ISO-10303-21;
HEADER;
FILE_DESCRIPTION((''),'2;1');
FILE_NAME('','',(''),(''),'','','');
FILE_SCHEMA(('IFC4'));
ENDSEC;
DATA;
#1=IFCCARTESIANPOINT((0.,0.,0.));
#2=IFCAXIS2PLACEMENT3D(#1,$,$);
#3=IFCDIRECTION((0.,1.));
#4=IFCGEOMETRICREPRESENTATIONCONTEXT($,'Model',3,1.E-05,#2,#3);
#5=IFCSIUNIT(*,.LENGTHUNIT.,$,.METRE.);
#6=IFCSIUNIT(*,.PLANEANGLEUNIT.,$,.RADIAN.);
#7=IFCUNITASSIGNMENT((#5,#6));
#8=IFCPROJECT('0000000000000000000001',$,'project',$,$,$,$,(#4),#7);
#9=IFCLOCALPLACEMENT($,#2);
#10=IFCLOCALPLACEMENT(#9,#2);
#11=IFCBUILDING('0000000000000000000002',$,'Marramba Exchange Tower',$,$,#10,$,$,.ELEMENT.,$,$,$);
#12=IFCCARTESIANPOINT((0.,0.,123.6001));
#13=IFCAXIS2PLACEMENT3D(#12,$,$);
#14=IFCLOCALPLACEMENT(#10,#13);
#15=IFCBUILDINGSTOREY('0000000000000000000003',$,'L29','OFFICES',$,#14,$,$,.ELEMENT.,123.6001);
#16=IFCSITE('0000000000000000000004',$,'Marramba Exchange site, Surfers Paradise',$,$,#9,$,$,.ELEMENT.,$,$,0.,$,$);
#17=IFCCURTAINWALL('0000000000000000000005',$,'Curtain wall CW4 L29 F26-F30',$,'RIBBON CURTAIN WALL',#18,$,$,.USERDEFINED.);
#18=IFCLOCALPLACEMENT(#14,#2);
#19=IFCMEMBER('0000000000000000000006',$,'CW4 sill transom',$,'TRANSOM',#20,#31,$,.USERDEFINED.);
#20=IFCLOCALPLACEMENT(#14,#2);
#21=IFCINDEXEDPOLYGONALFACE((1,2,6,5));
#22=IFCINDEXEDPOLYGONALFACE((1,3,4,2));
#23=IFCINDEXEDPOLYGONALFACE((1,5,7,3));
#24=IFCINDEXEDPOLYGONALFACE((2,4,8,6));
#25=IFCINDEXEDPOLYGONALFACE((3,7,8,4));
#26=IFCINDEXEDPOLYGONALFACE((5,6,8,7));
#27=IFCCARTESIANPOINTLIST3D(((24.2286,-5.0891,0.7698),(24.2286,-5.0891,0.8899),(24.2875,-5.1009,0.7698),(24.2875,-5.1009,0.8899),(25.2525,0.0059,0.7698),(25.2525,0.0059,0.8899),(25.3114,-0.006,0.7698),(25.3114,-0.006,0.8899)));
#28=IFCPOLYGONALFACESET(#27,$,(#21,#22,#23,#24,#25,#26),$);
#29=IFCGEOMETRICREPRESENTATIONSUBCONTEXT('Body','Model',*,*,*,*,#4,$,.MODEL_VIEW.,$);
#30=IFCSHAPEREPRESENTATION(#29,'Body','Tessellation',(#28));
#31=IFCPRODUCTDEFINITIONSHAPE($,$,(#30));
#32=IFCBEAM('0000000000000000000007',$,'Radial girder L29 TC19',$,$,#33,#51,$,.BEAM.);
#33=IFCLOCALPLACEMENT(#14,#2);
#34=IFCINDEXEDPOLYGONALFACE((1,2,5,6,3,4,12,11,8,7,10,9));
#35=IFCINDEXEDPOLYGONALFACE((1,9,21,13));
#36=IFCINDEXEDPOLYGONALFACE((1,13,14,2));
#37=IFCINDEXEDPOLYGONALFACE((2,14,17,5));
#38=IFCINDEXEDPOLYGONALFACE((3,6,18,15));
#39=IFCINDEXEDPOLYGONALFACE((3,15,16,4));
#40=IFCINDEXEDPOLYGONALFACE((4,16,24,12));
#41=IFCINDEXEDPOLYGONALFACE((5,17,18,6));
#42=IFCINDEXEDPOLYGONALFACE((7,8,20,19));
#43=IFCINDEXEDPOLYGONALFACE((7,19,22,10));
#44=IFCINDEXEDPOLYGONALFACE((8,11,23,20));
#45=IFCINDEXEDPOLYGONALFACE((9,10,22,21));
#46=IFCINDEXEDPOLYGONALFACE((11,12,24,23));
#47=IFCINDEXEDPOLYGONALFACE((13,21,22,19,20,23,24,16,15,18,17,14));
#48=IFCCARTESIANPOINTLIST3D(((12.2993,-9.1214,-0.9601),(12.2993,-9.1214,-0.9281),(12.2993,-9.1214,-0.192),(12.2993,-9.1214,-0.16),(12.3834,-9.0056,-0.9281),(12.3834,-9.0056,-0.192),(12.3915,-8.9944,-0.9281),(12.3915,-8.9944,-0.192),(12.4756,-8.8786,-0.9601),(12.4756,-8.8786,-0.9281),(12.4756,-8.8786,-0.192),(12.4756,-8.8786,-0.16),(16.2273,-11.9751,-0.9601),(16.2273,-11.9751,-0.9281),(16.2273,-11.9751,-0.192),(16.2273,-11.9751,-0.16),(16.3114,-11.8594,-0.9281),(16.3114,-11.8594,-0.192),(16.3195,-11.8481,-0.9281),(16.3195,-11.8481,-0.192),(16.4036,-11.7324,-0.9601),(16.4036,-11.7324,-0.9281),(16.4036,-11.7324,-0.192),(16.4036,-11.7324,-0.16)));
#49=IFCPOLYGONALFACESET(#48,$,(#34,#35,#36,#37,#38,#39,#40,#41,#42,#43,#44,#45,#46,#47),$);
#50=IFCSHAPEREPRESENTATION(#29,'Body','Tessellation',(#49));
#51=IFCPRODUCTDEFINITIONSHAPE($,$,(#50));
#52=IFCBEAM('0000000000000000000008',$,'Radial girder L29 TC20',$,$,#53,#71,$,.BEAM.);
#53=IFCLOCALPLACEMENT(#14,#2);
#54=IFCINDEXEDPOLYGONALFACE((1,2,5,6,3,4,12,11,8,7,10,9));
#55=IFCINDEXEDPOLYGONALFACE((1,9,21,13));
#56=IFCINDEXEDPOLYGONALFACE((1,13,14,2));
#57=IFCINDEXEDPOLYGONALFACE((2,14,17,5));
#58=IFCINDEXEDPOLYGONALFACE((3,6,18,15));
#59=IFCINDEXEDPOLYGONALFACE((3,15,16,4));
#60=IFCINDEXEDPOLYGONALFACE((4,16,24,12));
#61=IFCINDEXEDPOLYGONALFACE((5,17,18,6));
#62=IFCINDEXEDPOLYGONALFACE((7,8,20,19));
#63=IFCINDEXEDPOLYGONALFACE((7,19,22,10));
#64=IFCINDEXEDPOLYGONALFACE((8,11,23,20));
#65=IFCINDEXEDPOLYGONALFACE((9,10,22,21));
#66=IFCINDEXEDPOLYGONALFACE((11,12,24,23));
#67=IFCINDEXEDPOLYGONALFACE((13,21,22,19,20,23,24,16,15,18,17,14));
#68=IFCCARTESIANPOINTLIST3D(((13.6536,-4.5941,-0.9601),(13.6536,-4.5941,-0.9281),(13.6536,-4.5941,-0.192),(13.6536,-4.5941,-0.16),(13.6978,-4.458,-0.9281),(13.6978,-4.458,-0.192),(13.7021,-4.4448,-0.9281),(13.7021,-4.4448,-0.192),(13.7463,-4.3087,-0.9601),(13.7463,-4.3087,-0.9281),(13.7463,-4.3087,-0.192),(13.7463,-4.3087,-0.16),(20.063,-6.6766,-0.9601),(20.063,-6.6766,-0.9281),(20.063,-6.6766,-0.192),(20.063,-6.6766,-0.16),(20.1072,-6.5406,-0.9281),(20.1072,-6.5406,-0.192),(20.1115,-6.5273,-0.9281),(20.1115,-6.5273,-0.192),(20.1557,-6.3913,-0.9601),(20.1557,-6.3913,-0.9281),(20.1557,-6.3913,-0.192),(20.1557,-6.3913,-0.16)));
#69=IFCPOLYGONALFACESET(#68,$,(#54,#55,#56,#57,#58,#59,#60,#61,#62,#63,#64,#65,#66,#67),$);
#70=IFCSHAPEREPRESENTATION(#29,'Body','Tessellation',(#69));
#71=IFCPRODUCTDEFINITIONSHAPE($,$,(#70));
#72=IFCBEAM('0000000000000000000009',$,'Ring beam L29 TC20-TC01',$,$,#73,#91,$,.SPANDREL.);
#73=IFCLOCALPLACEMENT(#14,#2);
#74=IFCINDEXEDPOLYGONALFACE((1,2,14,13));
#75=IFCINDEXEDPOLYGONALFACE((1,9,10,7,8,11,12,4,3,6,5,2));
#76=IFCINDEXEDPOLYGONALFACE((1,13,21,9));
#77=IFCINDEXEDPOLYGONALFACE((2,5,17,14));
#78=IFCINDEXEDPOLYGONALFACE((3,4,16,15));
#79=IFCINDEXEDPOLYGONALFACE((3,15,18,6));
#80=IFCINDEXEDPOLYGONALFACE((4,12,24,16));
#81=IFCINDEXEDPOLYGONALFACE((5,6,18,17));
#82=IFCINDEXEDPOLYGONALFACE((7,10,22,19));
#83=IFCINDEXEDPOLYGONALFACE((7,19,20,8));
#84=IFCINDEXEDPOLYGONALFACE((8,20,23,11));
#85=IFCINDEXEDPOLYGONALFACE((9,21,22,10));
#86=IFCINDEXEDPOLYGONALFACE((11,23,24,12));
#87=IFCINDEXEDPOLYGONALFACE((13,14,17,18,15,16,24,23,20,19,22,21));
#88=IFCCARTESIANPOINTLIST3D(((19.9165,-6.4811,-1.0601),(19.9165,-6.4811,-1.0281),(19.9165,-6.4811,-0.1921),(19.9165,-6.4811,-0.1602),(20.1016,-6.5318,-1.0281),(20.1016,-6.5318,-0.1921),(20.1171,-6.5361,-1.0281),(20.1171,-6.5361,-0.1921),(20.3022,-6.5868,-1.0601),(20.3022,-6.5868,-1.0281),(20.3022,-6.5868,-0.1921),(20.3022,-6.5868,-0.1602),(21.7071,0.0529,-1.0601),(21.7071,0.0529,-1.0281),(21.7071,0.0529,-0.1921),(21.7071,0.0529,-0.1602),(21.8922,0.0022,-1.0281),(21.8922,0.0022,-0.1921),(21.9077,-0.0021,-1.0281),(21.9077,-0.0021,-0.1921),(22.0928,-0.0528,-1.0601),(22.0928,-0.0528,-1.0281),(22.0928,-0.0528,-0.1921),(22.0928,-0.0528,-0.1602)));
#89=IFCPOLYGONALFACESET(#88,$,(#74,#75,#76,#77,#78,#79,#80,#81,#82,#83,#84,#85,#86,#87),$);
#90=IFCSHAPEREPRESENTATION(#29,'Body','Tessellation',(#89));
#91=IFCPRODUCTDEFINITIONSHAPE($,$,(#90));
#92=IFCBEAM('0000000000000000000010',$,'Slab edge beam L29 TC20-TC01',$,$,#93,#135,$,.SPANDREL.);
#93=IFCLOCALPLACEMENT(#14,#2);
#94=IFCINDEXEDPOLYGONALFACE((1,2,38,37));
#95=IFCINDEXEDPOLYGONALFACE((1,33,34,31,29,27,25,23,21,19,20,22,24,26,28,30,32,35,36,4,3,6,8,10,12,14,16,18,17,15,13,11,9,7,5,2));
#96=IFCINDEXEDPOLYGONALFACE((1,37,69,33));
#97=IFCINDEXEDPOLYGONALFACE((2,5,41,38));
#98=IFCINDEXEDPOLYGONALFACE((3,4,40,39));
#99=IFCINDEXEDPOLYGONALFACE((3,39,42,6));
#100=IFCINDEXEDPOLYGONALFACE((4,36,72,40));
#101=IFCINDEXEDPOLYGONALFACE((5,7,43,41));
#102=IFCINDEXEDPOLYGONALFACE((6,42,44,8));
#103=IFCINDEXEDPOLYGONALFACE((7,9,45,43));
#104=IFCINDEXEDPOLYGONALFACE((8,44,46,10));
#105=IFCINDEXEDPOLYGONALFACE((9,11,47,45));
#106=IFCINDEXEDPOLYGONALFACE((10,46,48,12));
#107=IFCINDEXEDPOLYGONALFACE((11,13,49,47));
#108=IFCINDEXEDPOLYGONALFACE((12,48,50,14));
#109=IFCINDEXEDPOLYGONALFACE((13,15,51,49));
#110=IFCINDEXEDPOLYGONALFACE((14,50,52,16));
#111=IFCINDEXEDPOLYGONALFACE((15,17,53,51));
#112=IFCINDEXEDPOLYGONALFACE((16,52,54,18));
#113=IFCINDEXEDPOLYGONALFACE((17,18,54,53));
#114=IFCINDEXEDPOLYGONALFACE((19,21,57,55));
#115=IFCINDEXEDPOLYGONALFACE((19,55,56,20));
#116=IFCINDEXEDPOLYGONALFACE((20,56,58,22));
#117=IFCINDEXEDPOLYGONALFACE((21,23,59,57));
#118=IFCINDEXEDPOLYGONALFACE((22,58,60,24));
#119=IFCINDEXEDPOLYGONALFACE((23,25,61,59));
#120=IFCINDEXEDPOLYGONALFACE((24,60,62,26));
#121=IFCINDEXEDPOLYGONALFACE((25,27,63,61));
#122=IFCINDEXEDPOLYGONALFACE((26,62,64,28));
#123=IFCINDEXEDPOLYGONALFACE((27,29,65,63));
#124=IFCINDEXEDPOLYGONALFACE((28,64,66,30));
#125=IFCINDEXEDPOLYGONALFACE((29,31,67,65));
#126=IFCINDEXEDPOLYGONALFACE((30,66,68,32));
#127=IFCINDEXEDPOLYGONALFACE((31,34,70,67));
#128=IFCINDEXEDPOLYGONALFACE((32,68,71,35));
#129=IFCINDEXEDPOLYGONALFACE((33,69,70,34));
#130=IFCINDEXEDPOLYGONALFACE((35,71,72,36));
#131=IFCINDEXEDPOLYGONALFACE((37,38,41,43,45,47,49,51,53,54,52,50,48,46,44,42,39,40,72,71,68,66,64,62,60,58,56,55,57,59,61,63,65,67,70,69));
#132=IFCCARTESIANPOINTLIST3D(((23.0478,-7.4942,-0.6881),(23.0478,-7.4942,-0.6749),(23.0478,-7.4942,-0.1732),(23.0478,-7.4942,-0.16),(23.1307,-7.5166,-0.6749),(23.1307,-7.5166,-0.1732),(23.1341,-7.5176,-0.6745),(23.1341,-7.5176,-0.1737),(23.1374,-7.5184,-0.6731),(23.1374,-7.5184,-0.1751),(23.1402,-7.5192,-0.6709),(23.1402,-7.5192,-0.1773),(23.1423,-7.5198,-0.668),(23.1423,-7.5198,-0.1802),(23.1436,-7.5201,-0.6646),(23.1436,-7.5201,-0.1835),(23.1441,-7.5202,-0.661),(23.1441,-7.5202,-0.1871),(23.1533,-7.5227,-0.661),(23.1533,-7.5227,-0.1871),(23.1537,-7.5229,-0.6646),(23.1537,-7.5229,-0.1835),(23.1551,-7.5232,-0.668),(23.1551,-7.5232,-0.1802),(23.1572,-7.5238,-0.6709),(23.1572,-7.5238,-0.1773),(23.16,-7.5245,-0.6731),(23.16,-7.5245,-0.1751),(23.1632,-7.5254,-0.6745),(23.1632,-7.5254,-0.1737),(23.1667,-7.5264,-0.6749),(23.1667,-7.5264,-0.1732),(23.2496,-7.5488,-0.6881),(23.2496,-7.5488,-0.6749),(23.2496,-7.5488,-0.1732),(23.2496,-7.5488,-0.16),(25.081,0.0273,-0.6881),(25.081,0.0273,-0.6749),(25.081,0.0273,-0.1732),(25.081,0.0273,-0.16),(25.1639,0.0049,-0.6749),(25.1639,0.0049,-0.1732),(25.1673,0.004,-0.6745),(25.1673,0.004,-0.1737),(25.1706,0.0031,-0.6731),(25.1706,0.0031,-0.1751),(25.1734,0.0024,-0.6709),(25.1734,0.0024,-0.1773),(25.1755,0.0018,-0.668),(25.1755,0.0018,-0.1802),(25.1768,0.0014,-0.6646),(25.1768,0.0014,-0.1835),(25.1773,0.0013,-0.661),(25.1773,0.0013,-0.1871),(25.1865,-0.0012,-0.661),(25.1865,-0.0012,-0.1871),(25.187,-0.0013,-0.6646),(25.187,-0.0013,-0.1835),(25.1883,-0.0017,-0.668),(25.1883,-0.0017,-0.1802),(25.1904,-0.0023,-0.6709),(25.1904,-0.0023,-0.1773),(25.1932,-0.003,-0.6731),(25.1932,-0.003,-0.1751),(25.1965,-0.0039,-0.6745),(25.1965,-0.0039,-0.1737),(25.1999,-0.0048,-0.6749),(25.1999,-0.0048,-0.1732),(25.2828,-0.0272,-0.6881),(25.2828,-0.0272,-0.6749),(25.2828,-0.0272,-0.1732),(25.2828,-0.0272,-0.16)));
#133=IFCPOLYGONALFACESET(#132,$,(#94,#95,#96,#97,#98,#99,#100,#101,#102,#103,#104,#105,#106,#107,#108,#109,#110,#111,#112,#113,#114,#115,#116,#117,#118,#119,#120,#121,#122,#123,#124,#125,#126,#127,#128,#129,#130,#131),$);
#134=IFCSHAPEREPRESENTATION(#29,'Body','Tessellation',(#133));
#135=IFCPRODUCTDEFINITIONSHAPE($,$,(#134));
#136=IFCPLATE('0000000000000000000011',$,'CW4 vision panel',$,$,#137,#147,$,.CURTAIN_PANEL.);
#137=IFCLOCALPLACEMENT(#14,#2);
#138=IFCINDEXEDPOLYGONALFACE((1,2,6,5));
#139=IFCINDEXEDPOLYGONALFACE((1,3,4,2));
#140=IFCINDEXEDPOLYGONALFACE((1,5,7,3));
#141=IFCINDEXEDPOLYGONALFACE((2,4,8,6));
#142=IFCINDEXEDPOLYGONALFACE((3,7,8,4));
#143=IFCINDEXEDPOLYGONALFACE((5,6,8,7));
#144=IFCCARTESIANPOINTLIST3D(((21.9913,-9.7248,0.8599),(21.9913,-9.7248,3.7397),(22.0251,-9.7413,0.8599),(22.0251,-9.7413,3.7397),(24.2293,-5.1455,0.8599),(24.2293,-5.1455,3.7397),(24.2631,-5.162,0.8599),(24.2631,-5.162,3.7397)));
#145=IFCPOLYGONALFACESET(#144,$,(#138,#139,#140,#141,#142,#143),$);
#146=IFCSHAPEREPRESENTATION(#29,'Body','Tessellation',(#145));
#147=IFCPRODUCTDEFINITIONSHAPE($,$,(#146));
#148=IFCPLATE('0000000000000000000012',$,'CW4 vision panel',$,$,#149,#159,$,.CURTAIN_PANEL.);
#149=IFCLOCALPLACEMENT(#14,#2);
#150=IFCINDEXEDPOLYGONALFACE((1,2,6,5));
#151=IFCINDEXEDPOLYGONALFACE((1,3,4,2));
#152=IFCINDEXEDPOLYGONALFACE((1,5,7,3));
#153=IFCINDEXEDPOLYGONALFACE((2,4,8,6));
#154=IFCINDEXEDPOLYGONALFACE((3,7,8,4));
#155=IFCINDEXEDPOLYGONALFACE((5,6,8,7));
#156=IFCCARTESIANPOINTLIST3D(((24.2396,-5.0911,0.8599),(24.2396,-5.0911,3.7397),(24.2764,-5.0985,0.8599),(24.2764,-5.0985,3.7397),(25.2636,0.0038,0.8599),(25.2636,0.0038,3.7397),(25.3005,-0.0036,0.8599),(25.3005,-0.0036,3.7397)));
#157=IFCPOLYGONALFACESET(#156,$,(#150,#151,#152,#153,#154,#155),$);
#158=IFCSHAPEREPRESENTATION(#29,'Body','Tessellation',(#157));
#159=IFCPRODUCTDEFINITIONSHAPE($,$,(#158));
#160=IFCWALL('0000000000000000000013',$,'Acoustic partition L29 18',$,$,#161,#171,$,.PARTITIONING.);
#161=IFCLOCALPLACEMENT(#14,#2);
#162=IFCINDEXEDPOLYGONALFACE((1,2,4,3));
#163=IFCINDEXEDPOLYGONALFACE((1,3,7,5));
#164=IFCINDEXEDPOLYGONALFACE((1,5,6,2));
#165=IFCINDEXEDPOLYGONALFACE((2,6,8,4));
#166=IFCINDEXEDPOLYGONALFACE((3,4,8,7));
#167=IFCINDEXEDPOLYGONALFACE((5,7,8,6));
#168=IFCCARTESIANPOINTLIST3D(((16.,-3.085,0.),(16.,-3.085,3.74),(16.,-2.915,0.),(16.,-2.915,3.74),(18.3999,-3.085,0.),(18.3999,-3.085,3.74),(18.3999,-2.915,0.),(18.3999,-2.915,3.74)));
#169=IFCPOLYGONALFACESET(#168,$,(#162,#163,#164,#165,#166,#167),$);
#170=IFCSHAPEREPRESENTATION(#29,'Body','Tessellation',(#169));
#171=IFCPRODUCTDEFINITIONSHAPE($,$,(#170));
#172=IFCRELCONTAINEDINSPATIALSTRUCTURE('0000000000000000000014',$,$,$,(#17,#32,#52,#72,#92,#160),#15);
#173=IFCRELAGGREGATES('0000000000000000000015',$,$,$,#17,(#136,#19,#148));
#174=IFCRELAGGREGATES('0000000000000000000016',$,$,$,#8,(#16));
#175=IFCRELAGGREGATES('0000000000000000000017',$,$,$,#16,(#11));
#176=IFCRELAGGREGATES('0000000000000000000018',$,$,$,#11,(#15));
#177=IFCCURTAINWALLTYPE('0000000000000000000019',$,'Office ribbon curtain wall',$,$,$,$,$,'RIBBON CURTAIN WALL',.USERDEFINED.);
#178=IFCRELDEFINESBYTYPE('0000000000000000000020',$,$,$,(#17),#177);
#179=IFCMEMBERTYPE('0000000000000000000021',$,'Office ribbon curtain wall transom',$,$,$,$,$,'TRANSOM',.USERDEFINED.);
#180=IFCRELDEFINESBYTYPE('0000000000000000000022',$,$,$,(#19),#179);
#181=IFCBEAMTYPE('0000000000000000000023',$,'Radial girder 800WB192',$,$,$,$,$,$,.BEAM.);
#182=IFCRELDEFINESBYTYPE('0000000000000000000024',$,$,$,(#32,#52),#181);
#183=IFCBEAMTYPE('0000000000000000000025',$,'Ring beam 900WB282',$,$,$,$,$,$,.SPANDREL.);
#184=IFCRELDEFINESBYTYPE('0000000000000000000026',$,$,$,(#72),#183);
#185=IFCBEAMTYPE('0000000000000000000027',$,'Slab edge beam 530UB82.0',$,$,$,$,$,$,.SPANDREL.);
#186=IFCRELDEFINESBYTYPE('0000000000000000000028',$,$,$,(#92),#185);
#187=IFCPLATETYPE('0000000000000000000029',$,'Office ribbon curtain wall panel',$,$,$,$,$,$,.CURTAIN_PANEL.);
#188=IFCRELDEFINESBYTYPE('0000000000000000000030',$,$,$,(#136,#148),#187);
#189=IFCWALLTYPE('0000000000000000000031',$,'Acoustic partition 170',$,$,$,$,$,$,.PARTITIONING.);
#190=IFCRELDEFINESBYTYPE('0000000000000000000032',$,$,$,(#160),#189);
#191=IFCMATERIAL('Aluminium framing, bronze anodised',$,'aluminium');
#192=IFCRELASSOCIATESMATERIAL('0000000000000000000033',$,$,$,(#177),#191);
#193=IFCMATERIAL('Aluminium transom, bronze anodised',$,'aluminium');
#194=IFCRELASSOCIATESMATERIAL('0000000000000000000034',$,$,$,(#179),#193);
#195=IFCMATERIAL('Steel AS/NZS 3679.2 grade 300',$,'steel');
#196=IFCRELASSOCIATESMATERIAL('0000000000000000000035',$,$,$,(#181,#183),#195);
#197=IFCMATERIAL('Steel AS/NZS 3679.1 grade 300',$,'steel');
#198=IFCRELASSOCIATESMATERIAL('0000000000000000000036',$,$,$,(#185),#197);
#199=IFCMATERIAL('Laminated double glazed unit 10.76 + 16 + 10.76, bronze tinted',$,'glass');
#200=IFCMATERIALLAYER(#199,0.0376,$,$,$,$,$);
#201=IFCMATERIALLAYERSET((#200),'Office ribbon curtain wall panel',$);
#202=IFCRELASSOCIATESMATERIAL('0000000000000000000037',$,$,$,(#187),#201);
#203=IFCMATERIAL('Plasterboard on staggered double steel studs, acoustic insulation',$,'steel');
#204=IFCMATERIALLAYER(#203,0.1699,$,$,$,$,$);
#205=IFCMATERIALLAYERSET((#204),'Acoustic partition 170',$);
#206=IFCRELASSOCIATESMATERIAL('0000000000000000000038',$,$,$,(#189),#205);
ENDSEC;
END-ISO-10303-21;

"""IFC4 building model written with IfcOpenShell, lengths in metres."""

from ifc_helpers import new_model, si_unit, direction, frame, frame_2d, origin, origin_2d, place, context, subcontext, project, spatial, rectangle, i_section, extrude, material, layer, layer_set, material_profile, profile_set, type_object, element, aggregate, save


model = new_model("IFC4")

# Units and contexts
model_context = context("Model", 3, precision=1e-05, world=origin(), true_north=direction((0.0, 1.0)))
body_context = subcontext(model_context, "Body", "Model", "MODEL_VIEW")
ifc_project = project(units=[si_unit("LENGTHUNIT", "METRE"), si_unit("PLANEANGLEUNIT", "RADIAN")], contexts=[model_context])

# Site, building, storey
site_placement = place(None, origin())
site = spatial("IfcSite", under=ifc_project, at=site_placement, Name="Marramba Exchange site, Surfers Paradise", CompositionType="ELEMENT", RefElevation=0.0)
building_placement = place(site_placement, origin())
building = spatial("IfcBuilding", under=site, at=building_placement, Name="Marramba Exchange Tower", CompositionType="ELEMENT")
storey_placement = place(building_placement, frame((0.0, 0.0, 123.6001)))
storey = spatial("IfcBuildingStorey", under=building, at=storey_placement, Name="L29", Description="OFFICES", CompositionType="ELEMENT", Elevation=123.6001)

# Shared definitions
ifc_material_1 = material(Name="Steel AS/NZS 3679.2 grade 300", Category="steel")
ifc_material_2 = material(Name="Steel AS/NZS 3679.1 grade 300", Category="steel")

# Curtain wall, member
ifc_material_3 = material(Name="Aluminium framing, bronze anodised", Category="aluminium")
curtain_wall_type = type_object("IfcCurtainWallType", Name="Office ribbon curtain wall", ElementType="RIBBON CURTAIN WALL", PredefinedType="USERDEFINED", material=ifc_material_3)
curtain_wall_placement = place(storey_placement, origin())
curtain_wall = element("IfcCurtainWall", 1, at=curtain_wall_placement, inside=storey, type_object=curtain_wall_type, Name="Curtain wall CW4 L29 F26-F30", ObjectType="RIBBON CURTAIN WALL", PredefinedType="USERDEFINED")
ifc_material_4 = material(Name="Aluminium transom, bronze anodised", Category="aluminium")
ifc_material_profile_1 = material_profile(ifc_material_4, rectangle(XDim=0.0601, YDim=0.1201, at=origin_2d()), Name="CW4 transom 60x120")
ifc_profile_set_1 = profile_set([ifc_material_profile_1], Name="Aluminium transom, bronze anodised")
member_type_1 = type_object("IfcMemberType", Name="Office ribbon curtain wall transom", ElementType="TRANSOM", PredefinedType="USERDEFINED", material=ifc_profile_set_1)
member_1_placement = place(storey_placement, frame((24.2581, -5.095, 0.8298), z_axis=(0.197029, 0.980398, 0.0), x_axis=(-0.980398, 0.197029, 0.0)))
member_1 = element("IfcMember", 2, at=member_1_placement, type_object=member_type_1, Name="CW4 sill transom", ObjectType="TRANSOM", PredefinedType="USERDEFINED", context=body_context, shape_type="SweptSolid", body=[
    extrude(rectangle(XDim=0.0601, YDim=0.1201, at=origin_2d()), origin(), (0.0, 0.0, 1.0), 5.1968),
])

# Beams
ifc_material_profile_2 = material_profile(ifc_material_1, i_section(OverallWidth=0.3, OverallDepth=0.8, WebThickness=0.0139, FlangeThickness=0.032, at=origin_2d()), Name="800WB192")
ifc_profile_set_2 = profile_set([ifc_material_profile_2], Name="Steel AS/NZS 3679.2 grade 300")
beam_type_1 = type_object("IfcBeamType", Name="Radial girder 800WB192", PredefinedType="BEAM", material=ifc_profile_set_2)
beam_1_placement = place(storey_placement, frame((12.3875, -9.0, -0.5601), z_axis=(0.809025, -0.587774, 0.0), x_axis=(0.587774, 0.809025, 0.0)))
element("IfcBeam", 3, at=beam_1_placement, inside=storey, type_object=beam_type_1, Name="Radial girder L29 TC19", PredefinedType="BEAM", context=body_context, shape_type="SweptSolid", body=[
    extrude(i_section(OverallWidth=0.3, OverallDepth=0.8, WebThickness=0.0139, FlangeThickness=0.032, at=origin_2d()), origin(), (0.0, 0.0, 1.0), 4.8552),
])
beam_2_placement = place(storey_placement, frame((13.7, -4.4514, -0.5601), z_axis=(0.951058, -0.309013, 0.0), x_axis=(0.309013, 0.951058, 0.0)))
element("IfcBeam", 4, at=beam_2_placement, inside=storey, type_object=beam_type_1, Name="Radial girder L29 TC20", PredefinedType="BEAM", context=body_context, shape_type="SweptSolid", body=[
    extrude(i_section(OverallWidth=0.3, OverallDepth=0.8, WebThickness=0.0139, FlangeThickness=0.032, at=origin_2d()), origin(), (0.0, 0.0, 1.0), 6.7393),
])
ifc_material_profile_3 = material_profile(ifc_material_1, i_section(OverallWidth=0.3999, OverallDepth=0.8999, WebThickness=0.0161, FlangeThickness=0.032, at=origin_2d()), Name="900WB282")
ifc_profile_set_3 = profile_set([ifc_material_profile_3], Name="Steel AS/NZS 3679.2 grade 300")
beam_type_2 = type_object("IfcBeamType", Name="Ring beam 900WB282", PredefinedType="SPANDREL", material=ifc_profile_set_3)
beam_3_placement = place(storey_placement, frame((20.1094, -6.5339, -0.6101), z_axis=(0.264291, 0.964443, 0.0), x_axis=(-0.964443, 0.264291, 0.0)))
element("IfcBeam", 5, at=beam_3_placement, inside=storey, type_object=beam_type_2, Name="Ring beam L29 TC20-TC01", PredefinedType="SPANDREL", context=body_context, shape_type="SweptSolid", body=[
    extrude(i_section(OverallWidth=0.3999, OverallDepth=0.8999, WebThickness=0.0161, FlangeThickness=0.032, at=origin_2d()), origin(), (0.0, 0.0, 1.0), 6.7749),
])
ifc_material_profile_4 = material_profile(ifc_material_2, i_section(OverallWidth=0.209, OverallDepth=0.5281, WebThickness=0.0095, FlangeThickness=0.0132, FilletRadius=0.0139, at=origin_2d()), Name="530UB82.0")
ifc_profile_set_4 = profile_set([ifc_material_profile_4], Name="Steel AS/NZS 3679.1 grade 300")
beam_type_3 = type_object("IfcBeamType", Name="Slab edge beam 530UB82.0", PredefinedType="SPANDREL", material=ifc_profile_set_4)
beam_4_placement = place(storey_placement, frame((23.1487, -7.5215, -0.4241), z_axis=(0.260953, 0.965351, 0.0), x_axis=(-0.965351, 0.260953, 0.0)))
element("IfcBeam", 6, at=beam_4_placement, inside=storey, type_object=beam_type_3, Name="Slab edge beam L29 TC20-TC01", PredefinedType="SPANDREL", context=body_context, shape_type="SweptSolid", body=[
    extrude(i_section(OverallWidth=0.209, OverallDepth=0.5281, WebThickness=0.0095, FlangeThickness=0.0132, FilletRadius=0.0139, at=origin_2d()), origin(), (0.0, 0.0, 1.0), 7.7915),
])

# Plates
ifc_material_5 = material(Name="Laminated double glazed unit 10.76 + 16 + 10.76, bronze tinted", Category="glass")
ifc_layer_1 = layer(ifc_material_5, 0.0376)
ifc_layer_set_1 = layer_set([ifc_layer_1], Name="Office ribbon curtain wall panel")
plate_type = type_object("IfcPlateType", Name="Office ribbon curtain wall panel", PredefinedType="CURTAIN_PANEL", material=ifc_layer_set_1)
plate_1_placement = place(storey_placement, frame((23.1272, -7.4434, 0.8599), z_axis=(0.0, 0.0, 1.0), x_axis=(0.439086, 0.898445, 0.0)))
plate_1 = element("IfcPlate", 7, at=plate_1_placement, type_object=plate_type, Name="CW4 vision panel", PredefinedType="CURTAIN_PANEL", context=body_context, shape_type="SweptSolid", body=[
    extrude(rectangle(XDim=5.0969, YDim=0.0376, at=origin_2d()), origin(), (0.0, 0.0, 1.0), 2.8799),
])
plate_2_placement = place(storey_placement, frame((24.77, -2.5474, 0.8599), z_axis=(0.0, 0.0, 1.0), x_axis=(0.197049, 0.980394, 0.0)))
plate_2 = element("IfcPlate", 8, at=plate_2_placement, type_object=plate_type, Name="CW4 vision panel", PredefinedType="CURTAIN_PANEL", context=body_context, shape_type="SweptSolid", body=[
    extrude(rectangle(XDim=5.1968, YDim=0.0376, at=origin_2d()), origin(), (0.0, 0.0, 1.0), 2.8799),
])
aggregate(curtain_wall, [plate_1, member_1, plate_2])

# Wall
ifc_material_6 = material(Name="Plasterboard on staggered double steel studs, acoustic insulation", Category="steel")
ifc_layer_2 = layer(ifc_material_6, 0.1699)
ifc_layer_set_2 = layer_set([ifc_layer_2], Name="Acoustic partition 170")
wall_type_1 = type_object("IfcWallType", Name="Acoustic partition 170", PredefinedType="PARTITIONING", material=ifc_layer_set_2)
wall_1_placement = place(storey_placement, frame((16.0, -3.0, 0.0), z_axis=(0.0, 0.0, 1.0), x_axis=(1.0, 0.0, 0.0)))
element("IfcWall", 9, at=wall_1_placement, inside=storey, type_object=wall_type_1, Name="Acoustic partition L29 18", PredefinedType="PARTITIONING", context=body_context, shape_type="SweptSolid", body=[
    extrude(rectangle(XDim=2.3999, YDim=0.1699, at=frame_2d((1.2, 0.0))), origin(), (0.0, 0.0, 1.0), 3.74),
])

save(model, "model.ifc")
